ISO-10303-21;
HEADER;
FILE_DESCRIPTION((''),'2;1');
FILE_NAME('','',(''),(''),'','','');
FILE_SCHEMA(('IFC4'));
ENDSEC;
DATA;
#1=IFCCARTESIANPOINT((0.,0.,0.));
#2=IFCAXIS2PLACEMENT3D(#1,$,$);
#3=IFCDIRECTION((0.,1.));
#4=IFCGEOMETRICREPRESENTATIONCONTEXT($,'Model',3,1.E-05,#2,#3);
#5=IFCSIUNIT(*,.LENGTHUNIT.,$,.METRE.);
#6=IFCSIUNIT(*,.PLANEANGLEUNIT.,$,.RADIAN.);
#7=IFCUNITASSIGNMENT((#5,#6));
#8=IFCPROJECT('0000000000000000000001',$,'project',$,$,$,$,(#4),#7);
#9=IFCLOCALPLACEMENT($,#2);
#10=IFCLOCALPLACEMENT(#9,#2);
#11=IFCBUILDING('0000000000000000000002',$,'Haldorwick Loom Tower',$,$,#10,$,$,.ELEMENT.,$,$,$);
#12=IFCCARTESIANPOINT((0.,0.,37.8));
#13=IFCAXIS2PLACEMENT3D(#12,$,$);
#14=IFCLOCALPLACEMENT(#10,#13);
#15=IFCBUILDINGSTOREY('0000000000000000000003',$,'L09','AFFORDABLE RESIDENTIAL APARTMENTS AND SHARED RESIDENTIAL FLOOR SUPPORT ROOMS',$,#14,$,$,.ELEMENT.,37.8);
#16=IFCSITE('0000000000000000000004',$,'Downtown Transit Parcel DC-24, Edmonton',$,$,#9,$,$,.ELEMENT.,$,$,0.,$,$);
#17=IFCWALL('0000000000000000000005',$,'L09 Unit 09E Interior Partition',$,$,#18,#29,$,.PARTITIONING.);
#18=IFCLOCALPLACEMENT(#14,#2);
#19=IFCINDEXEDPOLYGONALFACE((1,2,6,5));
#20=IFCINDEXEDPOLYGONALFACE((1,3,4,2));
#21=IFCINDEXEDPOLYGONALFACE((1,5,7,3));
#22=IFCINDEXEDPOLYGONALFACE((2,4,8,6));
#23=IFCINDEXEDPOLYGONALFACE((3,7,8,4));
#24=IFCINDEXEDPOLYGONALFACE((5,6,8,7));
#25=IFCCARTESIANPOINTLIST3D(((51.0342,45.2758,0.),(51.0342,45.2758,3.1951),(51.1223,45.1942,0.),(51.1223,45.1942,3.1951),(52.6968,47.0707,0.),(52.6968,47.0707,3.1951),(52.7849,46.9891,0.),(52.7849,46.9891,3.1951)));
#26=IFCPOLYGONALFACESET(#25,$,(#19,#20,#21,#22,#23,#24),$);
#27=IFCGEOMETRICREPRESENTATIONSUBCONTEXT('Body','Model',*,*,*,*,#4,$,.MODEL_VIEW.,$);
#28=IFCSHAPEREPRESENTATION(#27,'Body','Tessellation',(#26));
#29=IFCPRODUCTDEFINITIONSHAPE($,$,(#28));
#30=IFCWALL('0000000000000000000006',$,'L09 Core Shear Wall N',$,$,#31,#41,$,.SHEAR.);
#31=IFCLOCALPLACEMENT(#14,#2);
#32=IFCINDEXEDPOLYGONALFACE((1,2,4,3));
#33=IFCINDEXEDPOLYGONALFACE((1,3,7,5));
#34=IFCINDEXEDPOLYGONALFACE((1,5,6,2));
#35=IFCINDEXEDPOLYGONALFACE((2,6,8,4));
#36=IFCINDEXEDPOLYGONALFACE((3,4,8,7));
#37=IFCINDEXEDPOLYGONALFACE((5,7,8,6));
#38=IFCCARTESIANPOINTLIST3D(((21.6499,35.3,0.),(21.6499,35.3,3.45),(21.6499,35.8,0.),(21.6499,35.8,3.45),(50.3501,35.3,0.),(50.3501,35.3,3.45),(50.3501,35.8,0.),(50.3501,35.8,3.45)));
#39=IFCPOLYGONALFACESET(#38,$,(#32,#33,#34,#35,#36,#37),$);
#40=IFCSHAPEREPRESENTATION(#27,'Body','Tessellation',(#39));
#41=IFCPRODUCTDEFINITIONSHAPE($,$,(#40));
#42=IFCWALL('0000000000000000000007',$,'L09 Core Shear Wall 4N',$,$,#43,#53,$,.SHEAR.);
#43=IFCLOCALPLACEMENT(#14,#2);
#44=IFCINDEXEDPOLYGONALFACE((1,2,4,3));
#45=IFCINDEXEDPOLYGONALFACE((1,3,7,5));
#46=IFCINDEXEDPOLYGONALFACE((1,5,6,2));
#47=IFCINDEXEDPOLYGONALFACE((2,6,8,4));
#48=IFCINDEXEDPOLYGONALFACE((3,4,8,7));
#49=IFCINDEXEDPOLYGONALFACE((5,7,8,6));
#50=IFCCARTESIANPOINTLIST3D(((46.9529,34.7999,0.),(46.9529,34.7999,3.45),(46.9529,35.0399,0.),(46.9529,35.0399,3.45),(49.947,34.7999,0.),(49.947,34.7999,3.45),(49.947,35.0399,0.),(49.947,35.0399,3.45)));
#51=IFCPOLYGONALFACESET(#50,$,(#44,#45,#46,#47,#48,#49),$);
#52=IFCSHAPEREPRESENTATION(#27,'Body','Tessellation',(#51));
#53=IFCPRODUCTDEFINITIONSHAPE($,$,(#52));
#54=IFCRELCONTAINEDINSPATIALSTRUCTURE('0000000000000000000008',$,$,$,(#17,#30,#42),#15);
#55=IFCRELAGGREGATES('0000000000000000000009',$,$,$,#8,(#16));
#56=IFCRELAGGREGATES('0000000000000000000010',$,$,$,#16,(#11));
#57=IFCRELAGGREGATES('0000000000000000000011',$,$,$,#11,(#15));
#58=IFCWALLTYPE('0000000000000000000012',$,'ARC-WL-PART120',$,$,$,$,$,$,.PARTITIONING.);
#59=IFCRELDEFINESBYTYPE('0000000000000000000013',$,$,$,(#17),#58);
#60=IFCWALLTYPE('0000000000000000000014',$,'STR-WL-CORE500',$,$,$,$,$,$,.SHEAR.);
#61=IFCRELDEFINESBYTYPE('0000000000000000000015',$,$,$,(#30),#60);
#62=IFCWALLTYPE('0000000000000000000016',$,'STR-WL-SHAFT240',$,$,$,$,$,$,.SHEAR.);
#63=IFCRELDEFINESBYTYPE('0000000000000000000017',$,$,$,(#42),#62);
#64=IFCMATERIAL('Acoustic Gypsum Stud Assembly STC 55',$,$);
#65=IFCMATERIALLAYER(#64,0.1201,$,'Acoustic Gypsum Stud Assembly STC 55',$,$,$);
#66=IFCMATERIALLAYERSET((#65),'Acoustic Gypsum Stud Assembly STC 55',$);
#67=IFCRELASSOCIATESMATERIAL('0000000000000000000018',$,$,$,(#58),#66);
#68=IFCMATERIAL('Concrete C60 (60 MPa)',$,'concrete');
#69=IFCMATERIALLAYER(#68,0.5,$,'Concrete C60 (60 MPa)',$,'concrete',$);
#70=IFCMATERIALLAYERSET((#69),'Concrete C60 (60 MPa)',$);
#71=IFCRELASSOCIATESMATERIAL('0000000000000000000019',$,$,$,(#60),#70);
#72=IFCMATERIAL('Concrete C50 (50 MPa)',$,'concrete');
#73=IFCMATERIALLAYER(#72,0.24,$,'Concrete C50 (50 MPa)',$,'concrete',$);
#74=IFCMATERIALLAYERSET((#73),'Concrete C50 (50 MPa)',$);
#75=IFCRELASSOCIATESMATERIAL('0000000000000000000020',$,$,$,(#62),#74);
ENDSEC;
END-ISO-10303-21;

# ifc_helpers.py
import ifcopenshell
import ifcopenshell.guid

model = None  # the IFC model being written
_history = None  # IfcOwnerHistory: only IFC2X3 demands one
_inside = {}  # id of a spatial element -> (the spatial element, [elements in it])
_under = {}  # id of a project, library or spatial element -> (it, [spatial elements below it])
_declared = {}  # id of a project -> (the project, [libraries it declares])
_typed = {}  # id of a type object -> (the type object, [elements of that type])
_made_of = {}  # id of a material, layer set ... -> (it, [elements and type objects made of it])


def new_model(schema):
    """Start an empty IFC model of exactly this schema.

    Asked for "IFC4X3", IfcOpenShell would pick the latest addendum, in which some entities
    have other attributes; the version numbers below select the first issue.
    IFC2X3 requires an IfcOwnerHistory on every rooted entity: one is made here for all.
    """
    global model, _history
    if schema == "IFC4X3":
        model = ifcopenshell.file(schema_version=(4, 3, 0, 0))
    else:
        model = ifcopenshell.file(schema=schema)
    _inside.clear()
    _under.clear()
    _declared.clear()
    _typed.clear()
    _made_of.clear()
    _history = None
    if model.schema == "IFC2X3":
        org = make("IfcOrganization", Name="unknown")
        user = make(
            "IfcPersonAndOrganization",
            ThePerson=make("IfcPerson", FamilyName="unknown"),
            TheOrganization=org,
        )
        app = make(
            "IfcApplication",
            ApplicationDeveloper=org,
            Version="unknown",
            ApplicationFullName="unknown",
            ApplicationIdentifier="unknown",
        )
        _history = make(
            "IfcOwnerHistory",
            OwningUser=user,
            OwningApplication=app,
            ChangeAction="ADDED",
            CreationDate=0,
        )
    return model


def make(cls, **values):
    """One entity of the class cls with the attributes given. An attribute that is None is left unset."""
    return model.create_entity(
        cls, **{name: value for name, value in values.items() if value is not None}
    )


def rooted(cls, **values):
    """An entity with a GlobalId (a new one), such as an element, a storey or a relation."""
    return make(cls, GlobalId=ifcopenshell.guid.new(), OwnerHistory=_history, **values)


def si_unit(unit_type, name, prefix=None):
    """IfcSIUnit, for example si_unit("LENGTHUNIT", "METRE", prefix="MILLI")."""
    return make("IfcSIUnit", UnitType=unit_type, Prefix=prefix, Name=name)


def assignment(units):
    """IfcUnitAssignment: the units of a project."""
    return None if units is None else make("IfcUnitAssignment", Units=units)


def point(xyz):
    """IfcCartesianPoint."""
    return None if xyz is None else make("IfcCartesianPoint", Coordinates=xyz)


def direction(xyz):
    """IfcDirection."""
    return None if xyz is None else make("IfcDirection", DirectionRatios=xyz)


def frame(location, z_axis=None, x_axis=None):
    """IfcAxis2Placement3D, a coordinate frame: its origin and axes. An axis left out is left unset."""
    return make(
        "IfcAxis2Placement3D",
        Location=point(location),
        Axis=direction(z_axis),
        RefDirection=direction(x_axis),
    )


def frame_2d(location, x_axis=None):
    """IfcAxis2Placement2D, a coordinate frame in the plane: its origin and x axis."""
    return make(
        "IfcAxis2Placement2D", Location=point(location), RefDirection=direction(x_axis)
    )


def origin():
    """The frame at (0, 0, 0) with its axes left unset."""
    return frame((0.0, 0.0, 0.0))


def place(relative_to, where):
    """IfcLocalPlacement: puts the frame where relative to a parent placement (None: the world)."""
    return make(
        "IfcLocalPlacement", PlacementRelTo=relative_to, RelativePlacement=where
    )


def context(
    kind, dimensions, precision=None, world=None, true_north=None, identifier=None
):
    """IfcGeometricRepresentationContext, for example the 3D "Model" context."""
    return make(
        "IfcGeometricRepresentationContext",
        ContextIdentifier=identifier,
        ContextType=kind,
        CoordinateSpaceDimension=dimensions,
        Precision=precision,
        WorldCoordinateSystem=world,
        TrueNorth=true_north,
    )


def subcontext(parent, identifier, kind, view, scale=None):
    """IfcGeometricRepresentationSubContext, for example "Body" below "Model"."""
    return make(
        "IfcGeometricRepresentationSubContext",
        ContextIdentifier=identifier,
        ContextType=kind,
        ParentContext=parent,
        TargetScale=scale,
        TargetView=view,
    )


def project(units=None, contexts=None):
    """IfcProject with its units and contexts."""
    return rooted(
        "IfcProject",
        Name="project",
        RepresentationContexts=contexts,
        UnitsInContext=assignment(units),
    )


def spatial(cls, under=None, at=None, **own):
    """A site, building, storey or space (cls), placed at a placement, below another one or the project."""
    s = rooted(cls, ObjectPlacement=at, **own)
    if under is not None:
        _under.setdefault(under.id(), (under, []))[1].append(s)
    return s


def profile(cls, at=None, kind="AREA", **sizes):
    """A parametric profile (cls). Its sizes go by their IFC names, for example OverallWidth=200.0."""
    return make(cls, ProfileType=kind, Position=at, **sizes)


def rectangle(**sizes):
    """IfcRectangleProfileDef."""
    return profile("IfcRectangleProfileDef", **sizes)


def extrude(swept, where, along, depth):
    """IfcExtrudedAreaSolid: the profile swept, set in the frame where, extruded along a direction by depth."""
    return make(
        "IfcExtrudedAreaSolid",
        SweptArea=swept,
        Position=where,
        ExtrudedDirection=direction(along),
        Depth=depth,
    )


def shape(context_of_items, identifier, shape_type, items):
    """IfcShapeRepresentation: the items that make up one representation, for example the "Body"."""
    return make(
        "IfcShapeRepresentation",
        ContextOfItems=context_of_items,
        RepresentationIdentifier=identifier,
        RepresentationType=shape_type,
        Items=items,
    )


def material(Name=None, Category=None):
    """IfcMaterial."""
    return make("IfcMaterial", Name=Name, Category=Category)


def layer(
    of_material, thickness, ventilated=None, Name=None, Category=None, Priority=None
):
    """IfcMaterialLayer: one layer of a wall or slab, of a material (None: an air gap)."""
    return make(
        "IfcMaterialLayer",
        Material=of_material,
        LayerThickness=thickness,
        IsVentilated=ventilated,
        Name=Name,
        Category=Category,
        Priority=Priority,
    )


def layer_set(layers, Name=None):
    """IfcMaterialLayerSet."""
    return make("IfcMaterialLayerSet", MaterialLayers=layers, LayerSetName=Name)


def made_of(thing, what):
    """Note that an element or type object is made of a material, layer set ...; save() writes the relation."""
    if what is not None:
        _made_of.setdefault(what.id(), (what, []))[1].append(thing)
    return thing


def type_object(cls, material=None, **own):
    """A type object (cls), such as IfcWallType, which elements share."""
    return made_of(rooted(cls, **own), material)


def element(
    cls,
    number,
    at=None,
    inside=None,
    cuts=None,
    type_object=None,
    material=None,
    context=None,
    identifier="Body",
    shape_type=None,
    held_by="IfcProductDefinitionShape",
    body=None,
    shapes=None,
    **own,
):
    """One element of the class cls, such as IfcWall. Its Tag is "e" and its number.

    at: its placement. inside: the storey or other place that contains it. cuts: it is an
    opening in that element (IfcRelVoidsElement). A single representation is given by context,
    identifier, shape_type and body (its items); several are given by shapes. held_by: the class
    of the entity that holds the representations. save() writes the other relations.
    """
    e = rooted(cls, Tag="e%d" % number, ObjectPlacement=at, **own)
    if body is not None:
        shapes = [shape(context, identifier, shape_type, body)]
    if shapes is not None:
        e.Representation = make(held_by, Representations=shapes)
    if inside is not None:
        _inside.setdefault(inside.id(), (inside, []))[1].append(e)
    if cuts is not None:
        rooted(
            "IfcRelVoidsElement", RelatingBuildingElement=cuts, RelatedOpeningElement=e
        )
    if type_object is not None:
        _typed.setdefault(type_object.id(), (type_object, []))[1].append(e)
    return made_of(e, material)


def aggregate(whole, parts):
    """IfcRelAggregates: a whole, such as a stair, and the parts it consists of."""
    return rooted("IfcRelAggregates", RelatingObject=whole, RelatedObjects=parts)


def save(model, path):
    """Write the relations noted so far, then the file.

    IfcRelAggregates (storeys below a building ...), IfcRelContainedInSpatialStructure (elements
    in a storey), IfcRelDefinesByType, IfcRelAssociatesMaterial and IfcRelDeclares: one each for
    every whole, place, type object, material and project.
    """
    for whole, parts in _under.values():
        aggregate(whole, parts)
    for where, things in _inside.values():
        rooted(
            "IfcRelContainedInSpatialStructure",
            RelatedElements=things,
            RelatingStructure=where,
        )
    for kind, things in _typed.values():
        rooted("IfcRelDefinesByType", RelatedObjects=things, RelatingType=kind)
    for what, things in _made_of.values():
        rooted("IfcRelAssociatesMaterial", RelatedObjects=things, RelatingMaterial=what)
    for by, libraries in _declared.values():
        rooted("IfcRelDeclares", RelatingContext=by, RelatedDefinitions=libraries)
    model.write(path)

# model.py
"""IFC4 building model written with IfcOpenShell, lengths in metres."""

from ifc_helpers import new_model, si_unit, direction, frame, frame_2d, origin, place, context, subcontext, project, spatial, rectangle, extrude, material, layer, layer_set, type_object, element, save


model = new_model("IFC4")

# Units and contexts
model_context = context("Model", 3, precision=1e-05, world=origin(), true_north=direction((0.0, 1.0)))
body_context = subcontext(model_context, "Body", "Model", "MODEL_VIEW")
ifc_project = project(units=[si_unit("LENGTHUNIT", "METRE"), si_unit("PLANEANGLEUNIT", "RADIAN")], contexts=[model_context])

# Site, building, storey
site_placement = place(None, origin())
site = spatial("IfcSite", under=ifc_project, at=site_placement, Name="Downtown Transit Parcel DC-24, Edmonton", CompositionType="ELEMENT", RefElevation=0.0)
building_placement = place(site_placement, origin())
building = spatial("IfcBuilding", under=site, at=building_placement, Name="Haldorwick Loom Tower", CompositionType="ELEMENT")
storey_placement = place(building_placement, frame((0.0, 0.0, 37.8)))
storey = spatial("IfcBuildingStorey", under=building, at=storey_placement, Name="L09", Description="AFFORDABLE RESIDENTIAL APARTMENTS AND SHARED RESIDENTIAL FLOOR SUPPORT ROOMS", CompositionType="ELEMENT", Elevation=37.8)

# Shared definitions
ifc_material_1 = material(Name="Concrete C60 (60 MPa)", Category="concrete")

# Shared definitions
ifc_material_2 = material(Name="Acoustic Gypsum Stud Assembly STC 55")
ifc_layer_1 = layer(ifc_material_2, 0.1201, Name="Acoustic Gypsum Stud Assembly STC 55")
ifc_layer_set_1 = layer_set([ifc_layer_1], Name="Acoustic Gypsum Stud Assembly STC 55")
wall_type_1 = type_object("IfcWallType", Name="ARC-WL-PART120", PredefinedType="PARTITIONING", material=ifc_layer_set_1)

# Walls
wall_1_placement = place(storey_placement, frame((51.0784, 45.2351, 0.0), z_axis=(0.0, 0.0, 1.0), x_axis=(0.679547, 0.733632, 0.0)))
element("IfcWall", 1, at=wall_1_placement, inside=storey, type_object=wall_type_1, Name="L09 Unit 09E Interior Partition", PredefinedType="PARTITIONING", context=body_context, shape_type="SweptSolid", body=[
    extrude(rectangle(XDim=2.4465, YDim=0.1201, at=frame_2d((1.2231, 0.0))), origin(), (0.0, 0.0, 1.0), 3.1951),
])
ifc_layer_2 = layer(ifc_material_1, 0.5, Name="Concrete C60 (60 MPa)", Category="concrete")
ifc_layer_set_2 = layer_set([ifc_layer_2], Name="Concrete C60 (60 MPa)")
wall_type_2 = type_object("IfcWallType", Name="STR-WL-CORE500", PredefinedType="SHEAR", material=ifc_layer_set_2)
wall_2_placement = place(storey_placement, frame((50.3501, 35.55, 0.0), z_axis=(0.0, 0.0, 1.0), x_axis=(-1.0, 0.0, 0.0)))
element("IfcWall", 2, at=wall_2_placement, inside=storey, type_object=wall_type_2, Name="L09 Core Shear Wall N", PredefinedType="SHEAR", context=body_context, shape_type="SweptSolid", body=[
    extrude(rectangle(XDim=28.7002, YDim=0.5, at=frame_2d((14.3501, 0.0))), origin(), (0.0, 0.0, 1.0), 3.45),
])
ifc_material_3 = material(Name="Concrete C50 (50 MPa)", Category="concrete")
ifc_layer_3 = layer(ifc_material_3, 0.24, Name="Concrete C50 (50 MPa)", Category="concrete")
ifc_layer_set_3 = layer_set([ifc_layer_3], Name="Concrete C50 (50 MPa)")
wall_type_3 = type_object("IfcWallType", Name="STR-WL-SHAFT240", PredefinedType="SHEAR", material=ifc_layer_set_3)
wall_3_placement = place(storey_placement, frame((46.9529, 34.9199, 0.0), z_axis=(0.0, 0.0, 1.0), x_axis=(1.0, 0.0, 0.0)))
element("IfcWall", 3, at=wall_3_placement, inside=storey, type_object=wall_type_3, Name="L09 Core Shear Wall 4N", PredefinedType="SHEAR", context=body_context, shape_type="SweptSolid", body=[
    extrude(rectangle(XDim=2.9941, YDim=0.24, at=frame_2d((1.4971, 0.0))), origin(), (0.0, 0.0, 1.0), 3.45),
])

save(model, "model.ifc")
